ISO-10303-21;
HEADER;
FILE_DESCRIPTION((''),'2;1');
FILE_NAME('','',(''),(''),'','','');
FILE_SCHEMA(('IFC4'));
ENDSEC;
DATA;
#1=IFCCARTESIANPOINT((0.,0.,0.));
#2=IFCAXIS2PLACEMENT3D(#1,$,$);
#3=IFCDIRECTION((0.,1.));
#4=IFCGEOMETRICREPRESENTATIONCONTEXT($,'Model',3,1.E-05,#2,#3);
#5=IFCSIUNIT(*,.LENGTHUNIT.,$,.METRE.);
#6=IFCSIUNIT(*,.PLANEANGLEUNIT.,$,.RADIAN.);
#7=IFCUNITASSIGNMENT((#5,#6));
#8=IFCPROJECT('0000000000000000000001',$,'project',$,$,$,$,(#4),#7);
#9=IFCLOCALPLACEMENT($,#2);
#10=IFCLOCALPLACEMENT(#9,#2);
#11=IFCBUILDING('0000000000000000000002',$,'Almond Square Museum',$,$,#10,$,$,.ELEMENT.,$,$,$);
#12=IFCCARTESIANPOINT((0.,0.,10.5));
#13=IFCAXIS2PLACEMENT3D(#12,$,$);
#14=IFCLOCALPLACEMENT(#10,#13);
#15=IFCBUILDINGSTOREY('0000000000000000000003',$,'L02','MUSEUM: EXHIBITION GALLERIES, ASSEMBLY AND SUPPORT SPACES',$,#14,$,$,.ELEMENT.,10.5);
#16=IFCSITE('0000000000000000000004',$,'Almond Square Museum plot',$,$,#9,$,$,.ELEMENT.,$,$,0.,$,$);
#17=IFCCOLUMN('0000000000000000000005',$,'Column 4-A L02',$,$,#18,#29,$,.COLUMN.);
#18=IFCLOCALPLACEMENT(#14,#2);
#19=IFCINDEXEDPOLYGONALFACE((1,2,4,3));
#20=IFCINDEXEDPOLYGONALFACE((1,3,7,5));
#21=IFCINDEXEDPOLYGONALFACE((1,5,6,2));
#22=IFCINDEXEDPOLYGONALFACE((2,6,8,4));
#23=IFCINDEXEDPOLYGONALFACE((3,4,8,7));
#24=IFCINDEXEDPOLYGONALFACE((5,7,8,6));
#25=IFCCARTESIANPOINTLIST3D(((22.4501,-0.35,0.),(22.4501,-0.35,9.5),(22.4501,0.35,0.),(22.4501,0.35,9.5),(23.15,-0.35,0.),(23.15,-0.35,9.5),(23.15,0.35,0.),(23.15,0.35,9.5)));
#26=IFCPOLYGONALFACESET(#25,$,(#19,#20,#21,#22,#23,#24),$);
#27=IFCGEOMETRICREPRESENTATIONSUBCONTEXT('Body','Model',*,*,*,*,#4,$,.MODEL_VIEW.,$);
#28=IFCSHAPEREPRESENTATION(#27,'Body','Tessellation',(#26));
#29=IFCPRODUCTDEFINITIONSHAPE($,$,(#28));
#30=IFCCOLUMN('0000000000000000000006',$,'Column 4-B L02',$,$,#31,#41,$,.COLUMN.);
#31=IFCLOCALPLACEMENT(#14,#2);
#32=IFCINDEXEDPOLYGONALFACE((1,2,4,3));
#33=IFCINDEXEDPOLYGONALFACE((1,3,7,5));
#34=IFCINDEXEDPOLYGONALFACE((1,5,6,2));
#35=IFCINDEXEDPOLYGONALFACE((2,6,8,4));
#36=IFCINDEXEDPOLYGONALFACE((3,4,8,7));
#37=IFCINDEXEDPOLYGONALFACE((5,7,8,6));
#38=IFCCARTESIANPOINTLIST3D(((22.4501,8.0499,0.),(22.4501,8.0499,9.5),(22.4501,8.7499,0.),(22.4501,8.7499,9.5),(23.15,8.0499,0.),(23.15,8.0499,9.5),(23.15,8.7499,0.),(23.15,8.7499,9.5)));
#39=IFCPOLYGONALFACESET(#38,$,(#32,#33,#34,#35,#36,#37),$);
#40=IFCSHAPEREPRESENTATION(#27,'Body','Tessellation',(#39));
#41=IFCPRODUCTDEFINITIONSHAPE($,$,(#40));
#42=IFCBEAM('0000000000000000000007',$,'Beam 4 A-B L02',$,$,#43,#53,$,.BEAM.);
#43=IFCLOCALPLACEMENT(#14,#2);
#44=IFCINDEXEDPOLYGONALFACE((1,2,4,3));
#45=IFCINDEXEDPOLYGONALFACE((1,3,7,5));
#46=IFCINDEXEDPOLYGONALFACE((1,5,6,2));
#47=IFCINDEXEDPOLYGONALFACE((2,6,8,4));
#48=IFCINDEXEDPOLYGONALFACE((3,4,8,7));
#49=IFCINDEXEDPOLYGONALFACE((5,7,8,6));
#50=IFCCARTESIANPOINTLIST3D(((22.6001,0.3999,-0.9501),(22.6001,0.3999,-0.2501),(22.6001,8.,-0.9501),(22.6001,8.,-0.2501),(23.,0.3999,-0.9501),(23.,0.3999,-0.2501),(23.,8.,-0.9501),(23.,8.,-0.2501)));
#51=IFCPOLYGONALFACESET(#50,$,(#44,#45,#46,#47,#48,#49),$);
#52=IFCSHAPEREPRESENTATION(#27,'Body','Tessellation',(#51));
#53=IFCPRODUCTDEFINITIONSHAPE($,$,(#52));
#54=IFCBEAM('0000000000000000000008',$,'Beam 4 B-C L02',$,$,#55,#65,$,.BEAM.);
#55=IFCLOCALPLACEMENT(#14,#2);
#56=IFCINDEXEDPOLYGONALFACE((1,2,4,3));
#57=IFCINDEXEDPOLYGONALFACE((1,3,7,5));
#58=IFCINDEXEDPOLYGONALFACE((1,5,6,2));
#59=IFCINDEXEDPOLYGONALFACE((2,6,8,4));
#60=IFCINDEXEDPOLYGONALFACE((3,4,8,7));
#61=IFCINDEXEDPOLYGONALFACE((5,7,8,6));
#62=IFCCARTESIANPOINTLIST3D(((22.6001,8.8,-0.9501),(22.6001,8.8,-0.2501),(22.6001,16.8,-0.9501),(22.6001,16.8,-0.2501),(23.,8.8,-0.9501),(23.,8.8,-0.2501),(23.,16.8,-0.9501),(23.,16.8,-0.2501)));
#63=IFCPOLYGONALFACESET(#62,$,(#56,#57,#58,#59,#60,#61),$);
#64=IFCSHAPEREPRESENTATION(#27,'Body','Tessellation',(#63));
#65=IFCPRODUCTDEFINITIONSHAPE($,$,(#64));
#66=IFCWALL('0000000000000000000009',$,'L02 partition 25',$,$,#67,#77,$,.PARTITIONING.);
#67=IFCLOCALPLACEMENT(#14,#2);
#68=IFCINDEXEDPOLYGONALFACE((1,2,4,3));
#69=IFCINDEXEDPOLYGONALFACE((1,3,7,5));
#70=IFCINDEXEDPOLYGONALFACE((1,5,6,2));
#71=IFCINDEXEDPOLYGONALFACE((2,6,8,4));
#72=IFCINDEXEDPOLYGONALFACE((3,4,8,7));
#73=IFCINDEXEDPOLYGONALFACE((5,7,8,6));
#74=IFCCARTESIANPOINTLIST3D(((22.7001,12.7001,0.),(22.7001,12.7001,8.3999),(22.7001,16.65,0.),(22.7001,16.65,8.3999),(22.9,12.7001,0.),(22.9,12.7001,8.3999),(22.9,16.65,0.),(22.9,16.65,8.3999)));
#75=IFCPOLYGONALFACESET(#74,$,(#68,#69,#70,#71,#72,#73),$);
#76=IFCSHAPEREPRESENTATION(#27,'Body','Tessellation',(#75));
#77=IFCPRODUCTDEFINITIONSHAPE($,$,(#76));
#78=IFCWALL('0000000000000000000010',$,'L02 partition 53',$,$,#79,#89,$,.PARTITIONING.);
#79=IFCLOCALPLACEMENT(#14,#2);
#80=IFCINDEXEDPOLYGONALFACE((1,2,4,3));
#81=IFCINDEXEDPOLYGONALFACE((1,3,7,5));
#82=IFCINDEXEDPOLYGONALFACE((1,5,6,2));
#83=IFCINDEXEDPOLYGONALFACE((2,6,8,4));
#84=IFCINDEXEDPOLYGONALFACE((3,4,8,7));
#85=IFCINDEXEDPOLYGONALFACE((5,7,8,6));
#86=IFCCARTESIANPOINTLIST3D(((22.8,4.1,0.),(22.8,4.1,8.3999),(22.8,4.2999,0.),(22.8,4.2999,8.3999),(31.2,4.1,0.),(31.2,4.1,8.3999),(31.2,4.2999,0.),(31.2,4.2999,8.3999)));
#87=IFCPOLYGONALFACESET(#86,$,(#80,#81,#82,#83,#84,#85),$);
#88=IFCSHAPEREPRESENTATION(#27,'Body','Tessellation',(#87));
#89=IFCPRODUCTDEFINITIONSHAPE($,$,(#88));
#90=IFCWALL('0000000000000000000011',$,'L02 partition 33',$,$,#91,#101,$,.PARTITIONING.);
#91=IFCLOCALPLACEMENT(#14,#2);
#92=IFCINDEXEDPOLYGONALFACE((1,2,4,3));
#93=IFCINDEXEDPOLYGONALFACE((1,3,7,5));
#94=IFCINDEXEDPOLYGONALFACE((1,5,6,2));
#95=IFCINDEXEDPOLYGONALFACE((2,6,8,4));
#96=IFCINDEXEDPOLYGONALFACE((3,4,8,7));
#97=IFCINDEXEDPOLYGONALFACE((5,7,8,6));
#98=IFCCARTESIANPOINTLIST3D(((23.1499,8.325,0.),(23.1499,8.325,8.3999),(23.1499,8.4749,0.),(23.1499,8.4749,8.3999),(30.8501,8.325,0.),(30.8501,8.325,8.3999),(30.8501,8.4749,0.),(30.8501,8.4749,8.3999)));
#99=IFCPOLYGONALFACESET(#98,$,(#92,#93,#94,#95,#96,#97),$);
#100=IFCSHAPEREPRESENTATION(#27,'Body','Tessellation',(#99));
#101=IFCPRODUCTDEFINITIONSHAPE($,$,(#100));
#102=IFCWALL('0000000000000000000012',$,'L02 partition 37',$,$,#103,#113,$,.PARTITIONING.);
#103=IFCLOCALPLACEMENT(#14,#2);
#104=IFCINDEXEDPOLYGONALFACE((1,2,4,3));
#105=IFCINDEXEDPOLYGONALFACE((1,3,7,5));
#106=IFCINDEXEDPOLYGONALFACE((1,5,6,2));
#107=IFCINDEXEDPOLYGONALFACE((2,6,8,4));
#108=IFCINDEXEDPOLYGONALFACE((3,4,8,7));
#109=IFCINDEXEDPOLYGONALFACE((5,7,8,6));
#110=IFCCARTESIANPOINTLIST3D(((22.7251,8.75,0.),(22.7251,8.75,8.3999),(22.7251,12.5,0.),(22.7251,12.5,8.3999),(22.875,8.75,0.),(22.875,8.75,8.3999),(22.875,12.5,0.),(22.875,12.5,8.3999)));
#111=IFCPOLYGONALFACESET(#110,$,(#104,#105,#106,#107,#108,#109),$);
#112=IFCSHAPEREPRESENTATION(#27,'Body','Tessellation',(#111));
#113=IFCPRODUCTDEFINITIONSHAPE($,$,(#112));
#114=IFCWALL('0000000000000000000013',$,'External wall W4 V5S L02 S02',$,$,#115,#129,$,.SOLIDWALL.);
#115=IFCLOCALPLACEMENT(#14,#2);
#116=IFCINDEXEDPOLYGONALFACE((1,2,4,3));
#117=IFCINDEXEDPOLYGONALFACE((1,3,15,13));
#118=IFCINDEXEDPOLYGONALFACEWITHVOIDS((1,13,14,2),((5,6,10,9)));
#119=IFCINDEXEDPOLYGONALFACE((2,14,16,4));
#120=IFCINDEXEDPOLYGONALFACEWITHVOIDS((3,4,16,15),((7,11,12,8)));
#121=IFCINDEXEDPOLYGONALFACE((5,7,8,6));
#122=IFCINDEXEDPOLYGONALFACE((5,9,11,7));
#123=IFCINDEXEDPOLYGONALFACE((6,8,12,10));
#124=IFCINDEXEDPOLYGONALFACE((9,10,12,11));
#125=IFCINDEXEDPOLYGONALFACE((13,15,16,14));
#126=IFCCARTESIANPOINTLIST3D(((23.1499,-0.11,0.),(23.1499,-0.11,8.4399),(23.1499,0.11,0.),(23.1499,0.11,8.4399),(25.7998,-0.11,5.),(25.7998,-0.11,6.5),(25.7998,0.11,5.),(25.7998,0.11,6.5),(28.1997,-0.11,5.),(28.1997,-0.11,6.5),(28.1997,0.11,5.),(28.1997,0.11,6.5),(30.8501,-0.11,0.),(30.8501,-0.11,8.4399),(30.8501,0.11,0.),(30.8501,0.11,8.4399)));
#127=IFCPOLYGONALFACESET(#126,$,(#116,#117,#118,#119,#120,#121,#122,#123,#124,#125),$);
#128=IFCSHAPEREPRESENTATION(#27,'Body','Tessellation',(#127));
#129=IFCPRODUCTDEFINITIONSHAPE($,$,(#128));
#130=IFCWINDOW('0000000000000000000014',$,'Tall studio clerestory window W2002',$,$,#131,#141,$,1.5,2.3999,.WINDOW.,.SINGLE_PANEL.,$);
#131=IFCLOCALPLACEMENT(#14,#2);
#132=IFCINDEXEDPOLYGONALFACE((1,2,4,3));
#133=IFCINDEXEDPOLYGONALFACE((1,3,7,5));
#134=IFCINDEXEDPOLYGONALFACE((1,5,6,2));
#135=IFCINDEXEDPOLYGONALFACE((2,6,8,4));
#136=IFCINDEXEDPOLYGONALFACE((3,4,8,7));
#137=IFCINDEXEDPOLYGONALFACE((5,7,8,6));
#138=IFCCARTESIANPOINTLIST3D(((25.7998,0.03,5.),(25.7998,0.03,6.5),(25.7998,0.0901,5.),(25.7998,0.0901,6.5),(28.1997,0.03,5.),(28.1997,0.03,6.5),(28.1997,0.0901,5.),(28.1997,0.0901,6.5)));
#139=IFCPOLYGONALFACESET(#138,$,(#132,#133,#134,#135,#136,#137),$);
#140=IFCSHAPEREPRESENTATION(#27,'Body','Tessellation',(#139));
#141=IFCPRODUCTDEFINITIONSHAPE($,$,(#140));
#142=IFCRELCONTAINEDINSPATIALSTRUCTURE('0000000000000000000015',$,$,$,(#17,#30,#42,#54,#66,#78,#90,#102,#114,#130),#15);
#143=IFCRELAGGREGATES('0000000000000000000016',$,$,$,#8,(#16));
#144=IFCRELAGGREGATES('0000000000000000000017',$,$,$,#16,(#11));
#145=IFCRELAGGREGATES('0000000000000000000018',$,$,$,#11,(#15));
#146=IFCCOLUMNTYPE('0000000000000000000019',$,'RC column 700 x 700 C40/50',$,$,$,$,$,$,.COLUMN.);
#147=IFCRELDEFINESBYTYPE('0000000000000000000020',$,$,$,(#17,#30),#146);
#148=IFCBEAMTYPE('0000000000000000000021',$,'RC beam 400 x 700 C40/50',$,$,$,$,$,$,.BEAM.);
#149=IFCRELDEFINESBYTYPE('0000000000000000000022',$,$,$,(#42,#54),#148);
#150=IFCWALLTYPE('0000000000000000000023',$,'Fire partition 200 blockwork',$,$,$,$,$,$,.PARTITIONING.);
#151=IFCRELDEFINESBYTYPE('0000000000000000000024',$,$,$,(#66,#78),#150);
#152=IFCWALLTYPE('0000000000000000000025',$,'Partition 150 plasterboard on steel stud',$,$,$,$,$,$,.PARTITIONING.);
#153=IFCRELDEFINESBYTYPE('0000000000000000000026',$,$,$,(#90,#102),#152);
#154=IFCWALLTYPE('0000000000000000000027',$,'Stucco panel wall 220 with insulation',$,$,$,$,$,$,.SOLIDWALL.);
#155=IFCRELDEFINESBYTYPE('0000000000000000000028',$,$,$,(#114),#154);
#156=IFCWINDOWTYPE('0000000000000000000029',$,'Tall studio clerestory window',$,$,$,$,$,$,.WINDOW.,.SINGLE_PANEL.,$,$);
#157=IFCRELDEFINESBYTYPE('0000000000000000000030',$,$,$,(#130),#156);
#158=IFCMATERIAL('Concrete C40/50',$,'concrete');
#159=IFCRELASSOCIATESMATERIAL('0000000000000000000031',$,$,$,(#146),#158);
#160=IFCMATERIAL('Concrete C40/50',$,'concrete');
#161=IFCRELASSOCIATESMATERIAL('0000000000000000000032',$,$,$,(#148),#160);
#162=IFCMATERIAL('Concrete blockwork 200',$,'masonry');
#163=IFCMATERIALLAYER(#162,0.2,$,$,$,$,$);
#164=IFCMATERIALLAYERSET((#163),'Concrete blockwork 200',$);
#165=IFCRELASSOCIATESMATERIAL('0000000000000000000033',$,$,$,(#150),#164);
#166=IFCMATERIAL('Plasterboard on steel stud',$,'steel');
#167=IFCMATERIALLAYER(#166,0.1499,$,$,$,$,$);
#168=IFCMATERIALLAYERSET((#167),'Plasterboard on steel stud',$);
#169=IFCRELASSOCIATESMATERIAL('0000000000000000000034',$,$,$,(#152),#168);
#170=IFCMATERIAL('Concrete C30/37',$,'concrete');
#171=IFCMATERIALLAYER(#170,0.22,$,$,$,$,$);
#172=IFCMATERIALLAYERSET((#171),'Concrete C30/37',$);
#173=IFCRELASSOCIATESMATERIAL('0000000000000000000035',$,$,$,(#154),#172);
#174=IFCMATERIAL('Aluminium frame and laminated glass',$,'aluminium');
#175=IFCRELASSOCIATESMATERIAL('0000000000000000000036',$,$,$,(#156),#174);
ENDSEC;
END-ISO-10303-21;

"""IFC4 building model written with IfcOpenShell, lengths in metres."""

from ifc_helpers import new_model, si_unit, direction, frame, frame_2d, origin, origin_2d, place, context, subcontext, project, spatial, rectangle, extrude, material, layer, layer_set, material_profile, profile_set, type_object, element, fill, save


model = new_model("IFC4")

# Units and contexts
model_context = context("Model", 3, precision=1e-05, world=origin(), true_north=direction((0.0, 1.0)))
body_context = subcontext(model_context, "Body", "Model", "MODEL_VIEW")
ifc_project = project(units=[si_unit("LENGTHUNIT", "METRE"), si_unit("PLANEANGLEUNIT", "RADIAN")], contexts=[model_context])

# Site, building, storey
site_placement = place(None, origin())
site = spatial("IfcSite", under=ifc_project, at=site_placement, Name="Almond Square Museum plot", CompositionType="ELEMENT", RefElevation=0.0)
building_placement = place(site_placement, origin())
building = spatial("IfcBuilding", under=site, at=building_placement, Name="Almond Square Museum", CompositionType="ELEMENT")
storey_placement = place(building_placement, frame((0.0, 0.0, 10.5)))
storey = spatial("IfcBuildingStorey", under=building, at=storey_placement, Name="L02", Description="MUSEUM: EXHIBITION GALLERIES, ASSEMBLY AND SUPPORT SPACES", CompositionType="ELEMENT", Elevation=10.5)

# Columns
ifc_material_1 = material(Name="Concrete C40/50", Category="concrete")
ifc_material_profile_1 = material_profile(ifc_material_1, rectangle(XDim=0.7, YDim=0.7, at=origin_2d()))
ifc_profile_set_1 = profile_set([ifc_material_profile_1], Name="Concrete C40/50")
column_type = type_object("IfcColumnType", Name="RC column 700 x 700 C40/50", PredefinedType="COLUMN", material=ifc_profile_set_1)
for number, where, z_axis, x_axis, name in (
    (1, (22.8, 0.0, 0.0), (0.0, 0.0, 1.0), (1.0, 0.0, 0.0), "Column 4-A L02"),
    (2, (22.8, 8.3999, 0.0), (0.0, 0.0, 1.0), (1.0, 0.0, 0.0), "Column 4-B L02"),
):
    element("IfcColumn", number, at=place(storey_placement, frame(where, z_axis=z_axis, x_axis=x_axis)), inside=storey, type_object=column_type, Name=name, PredefinedType="COLUMN", context=body_context, shape_type="SweptSolid", body=[
        extrude(rectangle(XDim=0.7, YDim=0.7, at=origin_2d()), origin(), (0.0, 0.0, 1.0), 9.5),
    ])

# Beams
ifc_material_2 = material(Name="Concrete C40/50", Category="concrete")
ifc_material_profile_2 = material_profile(ifc_material_2, rectangle(XDim=0.3999, YDim=0.7, at=origin_2d()))
ifc_profile_set_2 = profile_set([ifc_material_profile_2], Name="Concrete C40/50")
beam_type = type_object("IfcBeamType", Name="RC beam 400 x 700 C40/50", PredefinedType="BEAM", material=ifc_profile_set_2)
beam_1_placement = place(storey_placement, frame((22.8, 0.3999, -0.6001), z_axis=(0.0, 1.0, 0.0), x_axis=(-1.0, 0.0, 0.0)))
element("IfcBeam", 3, at=beam_1_placement, inside=storey, type_object=beam_type, Name="Beam 4 A-B L02", PredefinedType="BEAM", context=body_context, shape_type="SweptSolid", body=[
    extrude(rectangle(XDim=0.3999, YDim=0.7, at=origin_2d()), origin(), (0.0, 0.0, 1.0), 7.6001),
])
beam_2_placement = place(storey_placement, frame((22.8, 8.8, -0.6001), z_axis=(0.0, 1.0, 0.0), x_axis=(-1.0, 0.0, 0.0)))
element("IfcBeam", 4, at=beam_2_placement, inside=storey, type_object=beam_type, Name="Beam 4 B-C L02", PredefinedType="BEAM", context=body_context, shape_type="SweptSolid", body=[
    extrude(rectangle(XDim=0.3999, YDim=0.7, at=origin_2d()), origin(), (0.0, 0.0, 1.0), 8.0),
])

# Walls
ifc_material_3 = material(Name="Concrete blockwork 200", Category="masonry")
ifc_layer_1 = layer(ifc_material_3, 0.2)
ifc_layer_set_1 = layer_set([ifc_layer_1], Name="Concrete blockwork 200")
wall_type_1 = type_object("IfcWallType", Name="Fire partition 200 blockwork", PredefinedType="PARTITIONING", material=ifc_layer_set_1)
wall_1_placement = place(storey_placement, frame((22.8, 12.7, 0.0), z_axis=(0.0, 0.0, 1.0), x_axis=(0.0, 1.0, 0.0)))
element("IfcWall", 5, at=wall_1_placement, inside=storey, type_object=wall_type_1, Name="L02 partition 25", PredefinedType="PARTITIONING", context=body_context, shape_type="SweptSolid", body=[
    extrude(rectangle(XDim=3.95, YDim=0.2, at=frame_2d((1.9751, 0.0))), origin(), (0.0, 0.0, 1.0), 8.3999),
])
wall_2_placement = place(storey_placement, frame((22.8, 4.2, 0.0), z_axis=(0.0, 0.0, 1.0), x_axis=(1.0, 0.0, 0.0)))
element("IfcWall", 6, at=wall_2_placement, inside=storey, type_object=wall_type_1, Name="L02 partition 53", PredefinedType="PARTITIONING", context=body_context, shape_type="SweptSolid", body=[
    extrude(rectangle(XDim=8.3999, YDim=0.2, at=frame_2d((4.2, 0.0))), origin(), (0.0, 0.0, 1.0), 8.3999),
])
ifc_material_4 = material(Name="Plasterboard on steel stud", Category="steel")
ifc_layer_2 = layer(ifc_material_4, 0.1499)
ifc_layer_set_2 = layer_set([ifc_layer_2], Name="Plasterboard on steel stud")
wall_type_2 = type_object("IfcWallType", Name="Partition 150 plasterboard on steel stud", PredefinedType="PARTITIONING", material=ifc_layer_set_2)
wall_3_placement = place(storey_placement, frame((23.1499, 8.3999, 0.0), z_axis=(0.0, 0.0, 1.0), x_axis=(1.0, 0.0, 0.0)))
element("IfcWall", 7, at=wall_3_placement, inside=storey, type_object=wall_type_2, Name="L02 partition 33", PredefinedType="PARTITIONING", context=body_context, shape_type="SweptSolid", body=[
    extrude(rectangle(XDim=7.7002, YDim=0.1499, at=frame_2d((3.8501, 0.0))), origin(), (0.0, 0.0, 1.0), 8.3999),
])
wall_4_placement = place(storey_placement, frame((22.8, 8.75, 0.0), z_axis=(0.0, 0.0, 1.0), x_axis=(0.0, 1.0, 0.0)))
element("IfcWall", 8, at=wall_4_placement, inside=storey, type_object=wall_type_2, Name="L02 partition 37", PredefinedType="PARTITIONING", context=body_context, shape_type="SweptSolid", body=[
    extrude(rectangle(XDim=3.75, YDim=0.1499, at=frame_2d((1.875, 0.0))), origin(), (0.0, 0.0, 1.0), 8.3999),
])

# Wall, opening, window
ifc_material_5 = material(Name="Concrete C30/37", Category="concrete")
ifc_layer_3 = layer(ifc_material_5, 0.22)
ifc_layer_set_3 = layer_set([ifc_layer_3], Name="Concrete C30/37")
wall_type_3 = type_object("IfcWallType", Name="Stucco panel wall 220 with insulation", PredefinedType="SOLIDWALL", material=ifc_layer_set_3)
wall_5_placement = place(storey_placement, frame((23.1499, 0.0, 0.0), z_axis=(0.0, 0.0, 1.0), x_axis=(1.0, 0.0, 0.0)))
wall_5 = element("IfcWall", 9, at=wall_5_placement, inside=storey, type_object=wall_type_3, Name="External wall W4 V5S L02 S02", PredefinedType="SOLIDWALL", context=body_context, shape_type="SweptSolid", body=[
    extrude(rectangle(XDim=7.7002, YDim=0.22, at=frame_2d((3.8501, 0.0))), origin(), (0.0, 0.0, 1.0), 8.4399),
])
opening_placement = place(wall_5_placement, frame((2.6499, 0.0, 5.0)))
opening = element("IfcOpeningElement", 10, at=opening_placement, cuts=wall_5, PredefinedType="OPENING", context=body_context, shape_type="SweptSolid", body=[
    extrude(rectangle(XDim=2.3999, YDim=1.5, at=frame_2d((1.2, 0.75))), frame((0.0, 0.1199, 0.0), z_axis=(0.0, -1.0, 0.0), x_axis=(1.0, 0.0, 0.0)), (0.0, 0.0, 1.0), 0.24),
])
ifc_material_6 = material(Name="Aluminium frame and laminated glass", Category="aluminium")
window_type = type_object("IfcWindowType", Name="Tall studio clerestory window", PartitioningType="SINGLE_PANEL", PredefinedType="WINDOW", material=ifc_material_6)
window_placement = place(opening_placement, origin())
window = element("IfcWindow", 11, at=window_placement, inside=storey, type_object=window_type, Name="Tall studio clerestory window W2002", OverallHeight=1.5, OverallWidth=2.3999, PartitioningType="SINGLE_PANEL", PredefinedType="WINDOW", context=body_context, shape_type="SweptSolid", body=[
    extrude(rectangle(XDim=2.3999, YDim=1.5, at=frame_2d((1.2, 0.75))), frame((0.0, 0.0901, 0.0), z_axis=(0.0, -1.0, 0.0), x_axis=(1.0, 0.0, 0.0)), (0.0, 0.0, 1.0), 0.0601),
])
fill(opening, window)

save(model, "model.ifc")
